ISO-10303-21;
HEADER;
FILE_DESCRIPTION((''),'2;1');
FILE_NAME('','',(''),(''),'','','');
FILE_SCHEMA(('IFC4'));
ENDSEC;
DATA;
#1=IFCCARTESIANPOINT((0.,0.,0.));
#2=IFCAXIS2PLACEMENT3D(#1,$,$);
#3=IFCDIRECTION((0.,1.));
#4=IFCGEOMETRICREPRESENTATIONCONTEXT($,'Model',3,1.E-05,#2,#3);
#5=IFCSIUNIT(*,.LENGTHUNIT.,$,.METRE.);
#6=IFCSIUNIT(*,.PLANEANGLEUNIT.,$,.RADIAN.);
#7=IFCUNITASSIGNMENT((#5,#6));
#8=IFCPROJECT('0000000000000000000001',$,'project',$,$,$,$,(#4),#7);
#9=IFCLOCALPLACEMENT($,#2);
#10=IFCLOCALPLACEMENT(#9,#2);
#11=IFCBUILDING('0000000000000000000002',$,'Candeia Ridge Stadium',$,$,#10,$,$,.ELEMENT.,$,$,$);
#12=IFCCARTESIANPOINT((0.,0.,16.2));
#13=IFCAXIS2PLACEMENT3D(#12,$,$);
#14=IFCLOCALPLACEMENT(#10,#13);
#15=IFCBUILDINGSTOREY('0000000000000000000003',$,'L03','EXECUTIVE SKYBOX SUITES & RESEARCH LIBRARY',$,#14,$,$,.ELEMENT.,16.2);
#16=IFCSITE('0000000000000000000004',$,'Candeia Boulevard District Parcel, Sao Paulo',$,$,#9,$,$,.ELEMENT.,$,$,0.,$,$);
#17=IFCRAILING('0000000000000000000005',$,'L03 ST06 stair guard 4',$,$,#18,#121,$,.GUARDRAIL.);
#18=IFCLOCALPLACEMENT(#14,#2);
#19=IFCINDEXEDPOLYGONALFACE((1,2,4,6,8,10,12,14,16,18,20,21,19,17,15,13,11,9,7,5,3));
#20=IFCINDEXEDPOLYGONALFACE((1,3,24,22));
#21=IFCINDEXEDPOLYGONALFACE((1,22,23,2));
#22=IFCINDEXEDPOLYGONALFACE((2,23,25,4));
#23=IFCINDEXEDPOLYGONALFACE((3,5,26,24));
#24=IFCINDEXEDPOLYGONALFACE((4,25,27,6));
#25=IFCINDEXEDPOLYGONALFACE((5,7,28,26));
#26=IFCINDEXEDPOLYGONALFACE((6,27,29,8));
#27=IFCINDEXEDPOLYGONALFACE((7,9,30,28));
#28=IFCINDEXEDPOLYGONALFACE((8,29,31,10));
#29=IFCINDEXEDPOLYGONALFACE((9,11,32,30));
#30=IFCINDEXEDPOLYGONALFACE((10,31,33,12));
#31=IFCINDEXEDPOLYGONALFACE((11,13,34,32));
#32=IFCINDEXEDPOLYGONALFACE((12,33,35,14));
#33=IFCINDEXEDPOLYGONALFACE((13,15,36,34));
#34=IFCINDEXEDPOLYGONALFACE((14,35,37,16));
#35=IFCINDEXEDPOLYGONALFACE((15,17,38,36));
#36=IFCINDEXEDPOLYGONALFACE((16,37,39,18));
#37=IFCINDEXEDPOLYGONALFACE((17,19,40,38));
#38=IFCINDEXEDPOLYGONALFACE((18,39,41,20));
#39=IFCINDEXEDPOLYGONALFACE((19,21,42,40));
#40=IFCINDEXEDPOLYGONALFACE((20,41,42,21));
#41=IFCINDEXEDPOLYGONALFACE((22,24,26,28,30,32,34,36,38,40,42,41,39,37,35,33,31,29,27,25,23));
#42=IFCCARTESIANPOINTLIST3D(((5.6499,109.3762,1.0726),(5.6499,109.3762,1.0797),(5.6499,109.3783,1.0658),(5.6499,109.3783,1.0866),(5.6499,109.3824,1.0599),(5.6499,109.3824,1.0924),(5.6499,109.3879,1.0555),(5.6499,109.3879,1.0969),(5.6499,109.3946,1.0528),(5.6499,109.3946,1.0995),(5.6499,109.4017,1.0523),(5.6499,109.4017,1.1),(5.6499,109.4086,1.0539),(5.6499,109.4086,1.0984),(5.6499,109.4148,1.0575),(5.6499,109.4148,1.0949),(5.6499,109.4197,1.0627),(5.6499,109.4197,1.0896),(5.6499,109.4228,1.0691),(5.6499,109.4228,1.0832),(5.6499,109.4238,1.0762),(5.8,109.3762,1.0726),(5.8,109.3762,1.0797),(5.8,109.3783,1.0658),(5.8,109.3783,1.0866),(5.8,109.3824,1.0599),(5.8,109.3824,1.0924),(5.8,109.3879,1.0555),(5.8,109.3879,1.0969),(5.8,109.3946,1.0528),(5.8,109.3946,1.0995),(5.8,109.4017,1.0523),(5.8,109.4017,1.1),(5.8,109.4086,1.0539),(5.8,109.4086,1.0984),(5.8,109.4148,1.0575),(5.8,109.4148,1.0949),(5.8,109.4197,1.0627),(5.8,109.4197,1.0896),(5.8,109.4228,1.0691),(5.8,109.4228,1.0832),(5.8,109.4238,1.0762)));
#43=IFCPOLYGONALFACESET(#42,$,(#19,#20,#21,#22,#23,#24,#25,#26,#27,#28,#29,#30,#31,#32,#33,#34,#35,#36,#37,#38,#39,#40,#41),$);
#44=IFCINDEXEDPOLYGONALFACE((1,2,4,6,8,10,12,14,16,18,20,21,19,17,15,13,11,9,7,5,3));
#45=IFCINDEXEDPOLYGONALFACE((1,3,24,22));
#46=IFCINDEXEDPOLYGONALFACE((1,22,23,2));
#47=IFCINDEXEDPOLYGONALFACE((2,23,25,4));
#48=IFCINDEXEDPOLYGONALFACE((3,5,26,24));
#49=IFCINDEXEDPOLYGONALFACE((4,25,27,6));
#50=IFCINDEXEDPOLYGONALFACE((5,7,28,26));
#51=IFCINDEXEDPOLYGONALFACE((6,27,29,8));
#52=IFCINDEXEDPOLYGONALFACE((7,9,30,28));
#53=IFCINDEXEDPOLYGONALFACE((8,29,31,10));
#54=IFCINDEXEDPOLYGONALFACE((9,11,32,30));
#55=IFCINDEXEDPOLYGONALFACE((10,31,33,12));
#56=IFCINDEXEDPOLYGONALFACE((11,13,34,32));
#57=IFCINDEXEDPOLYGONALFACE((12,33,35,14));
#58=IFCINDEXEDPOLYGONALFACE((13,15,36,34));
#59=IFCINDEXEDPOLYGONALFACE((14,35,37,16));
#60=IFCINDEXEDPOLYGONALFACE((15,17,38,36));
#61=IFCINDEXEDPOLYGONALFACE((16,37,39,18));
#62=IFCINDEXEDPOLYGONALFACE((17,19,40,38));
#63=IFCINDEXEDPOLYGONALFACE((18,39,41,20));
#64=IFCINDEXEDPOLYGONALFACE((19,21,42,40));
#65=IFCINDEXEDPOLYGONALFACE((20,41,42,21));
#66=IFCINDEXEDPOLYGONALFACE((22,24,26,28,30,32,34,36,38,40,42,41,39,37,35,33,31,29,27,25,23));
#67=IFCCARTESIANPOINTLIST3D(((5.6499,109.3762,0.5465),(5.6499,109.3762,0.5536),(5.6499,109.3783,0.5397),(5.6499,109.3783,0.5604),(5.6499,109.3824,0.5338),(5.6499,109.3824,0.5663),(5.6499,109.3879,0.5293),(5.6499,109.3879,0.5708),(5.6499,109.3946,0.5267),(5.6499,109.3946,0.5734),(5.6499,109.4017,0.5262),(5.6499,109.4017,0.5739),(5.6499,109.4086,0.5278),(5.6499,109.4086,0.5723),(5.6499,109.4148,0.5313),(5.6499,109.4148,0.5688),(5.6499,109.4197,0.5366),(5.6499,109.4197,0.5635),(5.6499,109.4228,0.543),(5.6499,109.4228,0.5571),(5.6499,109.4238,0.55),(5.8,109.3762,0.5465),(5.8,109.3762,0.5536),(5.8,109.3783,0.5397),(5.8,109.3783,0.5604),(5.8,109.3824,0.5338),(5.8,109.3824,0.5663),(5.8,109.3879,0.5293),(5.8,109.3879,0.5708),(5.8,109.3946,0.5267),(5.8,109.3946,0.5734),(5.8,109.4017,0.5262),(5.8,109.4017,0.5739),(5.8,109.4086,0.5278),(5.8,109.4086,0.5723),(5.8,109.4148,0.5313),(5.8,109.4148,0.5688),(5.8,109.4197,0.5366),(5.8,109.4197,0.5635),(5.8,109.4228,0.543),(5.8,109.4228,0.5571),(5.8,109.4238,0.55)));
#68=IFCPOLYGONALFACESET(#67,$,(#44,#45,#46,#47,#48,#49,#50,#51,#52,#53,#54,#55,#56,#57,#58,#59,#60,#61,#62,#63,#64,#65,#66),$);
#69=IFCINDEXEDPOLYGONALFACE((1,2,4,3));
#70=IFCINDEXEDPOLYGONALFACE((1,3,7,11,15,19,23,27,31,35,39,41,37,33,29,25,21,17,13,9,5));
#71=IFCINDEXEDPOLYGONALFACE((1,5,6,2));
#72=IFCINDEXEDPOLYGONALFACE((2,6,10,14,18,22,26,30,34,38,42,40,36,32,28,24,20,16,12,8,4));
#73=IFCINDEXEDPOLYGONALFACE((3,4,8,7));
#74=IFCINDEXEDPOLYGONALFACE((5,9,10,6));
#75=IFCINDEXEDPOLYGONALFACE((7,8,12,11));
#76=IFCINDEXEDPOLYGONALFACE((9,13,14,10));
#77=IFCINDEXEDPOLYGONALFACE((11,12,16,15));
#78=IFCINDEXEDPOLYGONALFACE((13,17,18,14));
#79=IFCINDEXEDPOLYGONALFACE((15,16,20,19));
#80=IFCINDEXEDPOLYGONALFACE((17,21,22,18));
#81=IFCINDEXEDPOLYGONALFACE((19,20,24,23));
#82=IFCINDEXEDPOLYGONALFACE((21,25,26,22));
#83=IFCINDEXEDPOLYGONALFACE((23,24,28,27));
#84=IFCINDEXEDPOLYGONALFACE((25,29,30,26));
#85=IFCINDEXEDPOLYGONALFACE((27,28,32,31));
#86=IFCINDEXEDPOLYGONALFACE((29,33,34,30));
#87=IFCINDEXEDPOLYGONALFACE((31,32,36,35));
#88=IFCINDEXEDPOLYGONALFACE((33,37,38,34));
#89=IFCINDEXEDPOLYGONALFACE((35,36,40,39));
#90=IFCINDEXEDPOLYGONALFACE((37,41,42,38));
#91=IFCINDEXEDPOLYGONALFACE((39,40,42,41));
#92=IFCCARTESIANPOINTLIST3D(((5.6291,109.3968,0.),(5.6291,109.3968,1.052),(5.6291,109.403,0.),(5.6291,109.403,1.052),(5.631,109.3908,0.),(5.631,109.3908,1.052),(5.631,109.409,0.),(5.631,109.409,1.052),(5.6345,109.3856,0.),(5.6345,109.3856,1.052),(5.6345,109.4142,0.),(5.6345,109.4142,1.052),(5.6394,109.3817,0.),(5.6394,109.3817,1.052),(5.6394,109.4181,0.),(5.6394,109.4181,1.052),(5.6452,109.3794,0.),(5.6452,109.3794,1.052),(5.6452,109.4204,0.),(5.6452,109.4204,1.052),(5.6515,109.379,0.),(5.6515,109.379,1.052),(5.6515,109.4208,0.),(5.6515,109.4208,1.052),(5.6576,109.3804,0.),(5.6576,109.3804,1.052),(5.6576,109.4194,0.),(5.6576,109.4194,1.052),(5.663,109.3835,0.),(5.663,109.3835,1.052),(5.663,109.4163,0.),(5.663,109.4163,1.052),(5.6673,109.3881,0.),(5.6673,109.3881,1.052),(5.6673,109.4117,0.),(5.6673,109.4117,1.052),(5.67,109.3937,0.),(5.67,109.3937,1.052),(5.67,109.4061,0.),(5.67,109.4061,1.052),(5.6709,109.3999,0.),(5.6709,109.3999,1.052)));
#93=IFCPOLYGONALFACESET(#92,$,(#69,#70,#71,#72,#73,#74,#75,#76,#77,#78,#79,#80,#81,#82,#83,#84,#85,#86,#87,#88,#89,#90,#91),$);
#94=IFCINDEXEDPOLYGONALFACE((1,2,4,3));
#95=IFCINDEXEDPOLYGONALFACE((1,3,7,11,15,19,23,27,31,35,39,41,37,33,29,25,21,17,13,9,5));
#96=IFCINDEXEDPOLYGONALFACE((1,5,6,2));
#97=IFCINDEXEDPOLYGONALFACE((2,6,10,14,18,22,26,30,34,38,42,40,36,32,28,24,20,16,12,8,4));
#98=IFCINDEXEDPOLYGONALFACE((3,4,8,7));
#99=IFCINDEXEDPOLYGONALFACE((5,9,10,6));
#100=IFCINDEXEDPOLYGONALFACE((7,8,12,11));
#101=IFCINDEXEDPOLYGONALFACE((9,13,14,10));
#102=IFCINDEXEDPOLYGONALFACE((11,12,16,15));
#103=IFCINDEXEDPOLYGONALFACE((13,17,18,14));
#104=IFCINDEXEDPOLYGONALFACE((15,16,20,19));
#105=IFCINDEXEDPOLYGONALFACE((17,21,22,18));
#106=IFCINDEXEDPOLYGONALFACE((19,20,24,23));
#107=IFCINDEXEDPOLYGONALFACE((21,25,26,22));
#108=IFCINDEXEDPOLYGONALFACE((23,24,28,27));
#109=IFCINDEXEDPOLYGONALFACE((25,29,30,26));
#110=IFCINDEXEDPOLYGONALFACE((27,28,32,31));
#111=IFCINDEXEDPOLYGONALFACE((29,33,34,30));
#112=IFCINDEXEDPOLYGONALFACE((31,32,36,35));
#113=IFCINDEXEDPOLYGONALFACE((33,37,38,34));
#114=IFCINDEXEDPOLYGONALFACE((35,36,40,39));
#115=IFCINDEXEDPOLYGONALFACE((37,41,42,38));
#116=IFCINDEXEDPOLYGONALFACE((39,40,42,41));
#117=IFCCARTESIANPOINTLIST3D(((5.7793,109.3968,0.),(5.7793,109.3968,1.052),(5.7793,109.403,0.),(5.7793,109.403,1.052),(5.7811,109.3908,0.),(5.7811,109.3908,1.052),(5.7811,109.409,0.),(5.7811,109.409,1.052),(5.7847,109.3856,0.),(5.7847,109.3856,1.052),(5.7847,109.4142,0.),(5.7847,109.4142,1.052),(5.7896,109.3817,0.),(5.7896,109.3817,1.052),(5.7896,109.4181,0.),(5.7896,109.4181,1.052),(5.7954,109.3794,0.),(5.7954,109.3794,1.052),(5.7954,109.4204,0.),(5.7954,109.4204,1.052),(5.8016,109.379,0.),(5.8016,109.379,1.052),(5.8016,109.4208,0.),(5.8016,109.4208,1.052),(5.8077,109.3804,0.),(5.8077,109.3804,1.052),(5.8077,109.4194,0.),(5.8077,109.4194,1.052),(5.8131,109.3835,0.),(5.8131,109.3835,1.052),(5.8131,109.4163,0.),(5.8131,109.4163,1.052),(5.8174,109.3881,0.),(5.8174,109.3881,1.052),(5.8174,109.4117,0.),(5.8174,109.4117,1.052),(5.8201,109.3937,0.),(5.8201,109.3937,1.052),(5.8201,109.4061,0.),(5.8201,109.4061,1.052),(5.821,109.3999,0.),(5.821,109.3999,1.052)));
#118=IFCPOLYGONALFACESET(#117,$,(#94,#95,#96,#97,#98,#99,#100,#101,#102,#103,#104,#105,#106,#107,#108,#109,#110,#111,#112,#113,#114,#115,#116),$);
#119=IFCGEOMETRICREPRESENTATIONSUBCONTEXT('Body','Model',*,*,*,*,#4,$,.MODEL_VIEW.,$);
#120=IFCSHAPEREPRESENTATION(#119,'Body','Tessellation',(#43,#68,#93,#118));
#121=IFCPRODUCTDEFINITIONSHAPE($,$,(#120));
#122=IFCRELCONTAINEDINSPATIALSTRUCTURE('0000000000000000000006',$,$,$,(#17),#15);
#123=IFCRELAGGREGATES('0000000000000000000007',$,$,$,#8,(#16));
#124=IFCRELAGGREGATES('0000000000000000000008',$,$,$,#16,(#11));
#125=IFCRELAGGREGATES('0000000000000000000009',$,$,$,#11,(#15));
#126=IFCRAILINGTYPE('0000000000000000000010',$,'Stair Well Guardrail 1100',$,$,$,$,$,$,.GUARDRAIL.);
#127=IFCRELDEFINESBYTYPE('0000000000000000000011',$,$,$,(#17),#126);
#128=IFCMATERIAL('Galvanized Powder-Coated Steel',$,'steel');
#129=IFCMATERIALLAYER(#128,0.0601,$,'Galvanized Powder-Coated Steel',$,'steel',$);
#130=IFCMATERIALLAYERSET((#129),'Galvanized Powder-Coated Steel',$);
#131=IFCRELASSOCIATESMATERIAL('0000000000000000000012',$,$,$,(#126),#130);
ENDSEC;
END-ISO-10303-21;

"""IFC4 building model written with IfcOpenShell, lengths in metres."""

from ifc_helpers import new_model, si_unit, direction, frame, origin, origin_2d, place, context, subcontext, project, spatial, circle, extrude, material, layer, layer_set, type_object, element, save


model = new_model("IFC4")

# Units and contexts
model_context = context("Model", 3, precision=1e-05, world=origin(), true_north=direction((0.0, 1.0)))
body_context = subcontext(model_context, "Body", "Model", "MODEL_VIEW")
ifc_project = project(units=[si_unit("LENGTHUNIT", "METRE"), si_unit("PLANEANGLEUNIT", "RADIAN")], contexts=[model_context])

# Site, building, storey
site_placement = place(None, origin())
site = spatial("IfcSite", under=ifc_project, at=site_placement, Name="Candeia Boulevard District Parcel, Sao Paulo", CompositionType="ELEMENT", RefElevation=0.0)
building_placement = place(site_placement, origin())
building = spatial("IfcBuilding", under=site, at=building_placement, Name="Candeia Ridge Stadium", CompositionType="ELEMENT")
storey_placement = place(building_placement, frame((0.0, 0.0, 16.2)))
storey = spatial("IfcBuildingStorey", under=building, at=storey_placement, Name="L03", Description="EXECUTIVE SKYBOX SUITES & RESEARCH LIBRARY", CompositionType="ELEMENT", Elevation=16.2)

# Railing
ifc_material_1 = material(Name="Galvanized Powder-Coated Steel", Category="steel")
ifc_layer_1 = layer(ifc_material_1, 0.0601, Name="Galvanized Powder-Coated Steel", Category="steel")
ifc_layer_set_1 = layer_set([ifc_layer_1], Name="Galvanized Powder-Coated Steel")
railing_type_1 = type_object("IfcRailingType", Name="Stair Well Guardrail 1100", PredefinedType="GUARDRAIL", material=ifc_layer_set_1)
railing_1_placement = place(storey_placement, frame((5.6499, 109.3999, 0.0)))
element("IfcRailing", 1, at=railing_1_placement, inside=storey, type_object=railing_type_1, Name="L03 ST06 stair guard 4", PredefinedType="GUARDRAIL", context=body_context, shape_type="SweptSolid", body=[
    extrude(circle(Radius=0.0239, at=origin_2d()), frame((0.0, 0.0, 1.0762), z_axis=(1.0, 0.0, 0.0), x_axis=(0.0, 1.0, 0.0)), (0.0, 0.0, 1.0), 0.1501),
    extrude(circle(Radius=0.0239, at=origin_2d()), frame((0.0, 0.0, 0.55), z_axis=(1.0, 0.0, 0.0), x_axis=(0.0, 1.0, 0.0)), (0.0, 0.0, 1.0), 0.1501),
    extrude(circle(Radius=0.021, at=origin_2d()), origin(), (0.0, 0.0, 1.0), 1.052),
    extrude(circle(Radius=0.021, at=origin_2d()), frame((0.1501, 0.0, 0.0)), (0.0, 0.0, 1.0), 1.052),
])

save(model, "model.ifc")
